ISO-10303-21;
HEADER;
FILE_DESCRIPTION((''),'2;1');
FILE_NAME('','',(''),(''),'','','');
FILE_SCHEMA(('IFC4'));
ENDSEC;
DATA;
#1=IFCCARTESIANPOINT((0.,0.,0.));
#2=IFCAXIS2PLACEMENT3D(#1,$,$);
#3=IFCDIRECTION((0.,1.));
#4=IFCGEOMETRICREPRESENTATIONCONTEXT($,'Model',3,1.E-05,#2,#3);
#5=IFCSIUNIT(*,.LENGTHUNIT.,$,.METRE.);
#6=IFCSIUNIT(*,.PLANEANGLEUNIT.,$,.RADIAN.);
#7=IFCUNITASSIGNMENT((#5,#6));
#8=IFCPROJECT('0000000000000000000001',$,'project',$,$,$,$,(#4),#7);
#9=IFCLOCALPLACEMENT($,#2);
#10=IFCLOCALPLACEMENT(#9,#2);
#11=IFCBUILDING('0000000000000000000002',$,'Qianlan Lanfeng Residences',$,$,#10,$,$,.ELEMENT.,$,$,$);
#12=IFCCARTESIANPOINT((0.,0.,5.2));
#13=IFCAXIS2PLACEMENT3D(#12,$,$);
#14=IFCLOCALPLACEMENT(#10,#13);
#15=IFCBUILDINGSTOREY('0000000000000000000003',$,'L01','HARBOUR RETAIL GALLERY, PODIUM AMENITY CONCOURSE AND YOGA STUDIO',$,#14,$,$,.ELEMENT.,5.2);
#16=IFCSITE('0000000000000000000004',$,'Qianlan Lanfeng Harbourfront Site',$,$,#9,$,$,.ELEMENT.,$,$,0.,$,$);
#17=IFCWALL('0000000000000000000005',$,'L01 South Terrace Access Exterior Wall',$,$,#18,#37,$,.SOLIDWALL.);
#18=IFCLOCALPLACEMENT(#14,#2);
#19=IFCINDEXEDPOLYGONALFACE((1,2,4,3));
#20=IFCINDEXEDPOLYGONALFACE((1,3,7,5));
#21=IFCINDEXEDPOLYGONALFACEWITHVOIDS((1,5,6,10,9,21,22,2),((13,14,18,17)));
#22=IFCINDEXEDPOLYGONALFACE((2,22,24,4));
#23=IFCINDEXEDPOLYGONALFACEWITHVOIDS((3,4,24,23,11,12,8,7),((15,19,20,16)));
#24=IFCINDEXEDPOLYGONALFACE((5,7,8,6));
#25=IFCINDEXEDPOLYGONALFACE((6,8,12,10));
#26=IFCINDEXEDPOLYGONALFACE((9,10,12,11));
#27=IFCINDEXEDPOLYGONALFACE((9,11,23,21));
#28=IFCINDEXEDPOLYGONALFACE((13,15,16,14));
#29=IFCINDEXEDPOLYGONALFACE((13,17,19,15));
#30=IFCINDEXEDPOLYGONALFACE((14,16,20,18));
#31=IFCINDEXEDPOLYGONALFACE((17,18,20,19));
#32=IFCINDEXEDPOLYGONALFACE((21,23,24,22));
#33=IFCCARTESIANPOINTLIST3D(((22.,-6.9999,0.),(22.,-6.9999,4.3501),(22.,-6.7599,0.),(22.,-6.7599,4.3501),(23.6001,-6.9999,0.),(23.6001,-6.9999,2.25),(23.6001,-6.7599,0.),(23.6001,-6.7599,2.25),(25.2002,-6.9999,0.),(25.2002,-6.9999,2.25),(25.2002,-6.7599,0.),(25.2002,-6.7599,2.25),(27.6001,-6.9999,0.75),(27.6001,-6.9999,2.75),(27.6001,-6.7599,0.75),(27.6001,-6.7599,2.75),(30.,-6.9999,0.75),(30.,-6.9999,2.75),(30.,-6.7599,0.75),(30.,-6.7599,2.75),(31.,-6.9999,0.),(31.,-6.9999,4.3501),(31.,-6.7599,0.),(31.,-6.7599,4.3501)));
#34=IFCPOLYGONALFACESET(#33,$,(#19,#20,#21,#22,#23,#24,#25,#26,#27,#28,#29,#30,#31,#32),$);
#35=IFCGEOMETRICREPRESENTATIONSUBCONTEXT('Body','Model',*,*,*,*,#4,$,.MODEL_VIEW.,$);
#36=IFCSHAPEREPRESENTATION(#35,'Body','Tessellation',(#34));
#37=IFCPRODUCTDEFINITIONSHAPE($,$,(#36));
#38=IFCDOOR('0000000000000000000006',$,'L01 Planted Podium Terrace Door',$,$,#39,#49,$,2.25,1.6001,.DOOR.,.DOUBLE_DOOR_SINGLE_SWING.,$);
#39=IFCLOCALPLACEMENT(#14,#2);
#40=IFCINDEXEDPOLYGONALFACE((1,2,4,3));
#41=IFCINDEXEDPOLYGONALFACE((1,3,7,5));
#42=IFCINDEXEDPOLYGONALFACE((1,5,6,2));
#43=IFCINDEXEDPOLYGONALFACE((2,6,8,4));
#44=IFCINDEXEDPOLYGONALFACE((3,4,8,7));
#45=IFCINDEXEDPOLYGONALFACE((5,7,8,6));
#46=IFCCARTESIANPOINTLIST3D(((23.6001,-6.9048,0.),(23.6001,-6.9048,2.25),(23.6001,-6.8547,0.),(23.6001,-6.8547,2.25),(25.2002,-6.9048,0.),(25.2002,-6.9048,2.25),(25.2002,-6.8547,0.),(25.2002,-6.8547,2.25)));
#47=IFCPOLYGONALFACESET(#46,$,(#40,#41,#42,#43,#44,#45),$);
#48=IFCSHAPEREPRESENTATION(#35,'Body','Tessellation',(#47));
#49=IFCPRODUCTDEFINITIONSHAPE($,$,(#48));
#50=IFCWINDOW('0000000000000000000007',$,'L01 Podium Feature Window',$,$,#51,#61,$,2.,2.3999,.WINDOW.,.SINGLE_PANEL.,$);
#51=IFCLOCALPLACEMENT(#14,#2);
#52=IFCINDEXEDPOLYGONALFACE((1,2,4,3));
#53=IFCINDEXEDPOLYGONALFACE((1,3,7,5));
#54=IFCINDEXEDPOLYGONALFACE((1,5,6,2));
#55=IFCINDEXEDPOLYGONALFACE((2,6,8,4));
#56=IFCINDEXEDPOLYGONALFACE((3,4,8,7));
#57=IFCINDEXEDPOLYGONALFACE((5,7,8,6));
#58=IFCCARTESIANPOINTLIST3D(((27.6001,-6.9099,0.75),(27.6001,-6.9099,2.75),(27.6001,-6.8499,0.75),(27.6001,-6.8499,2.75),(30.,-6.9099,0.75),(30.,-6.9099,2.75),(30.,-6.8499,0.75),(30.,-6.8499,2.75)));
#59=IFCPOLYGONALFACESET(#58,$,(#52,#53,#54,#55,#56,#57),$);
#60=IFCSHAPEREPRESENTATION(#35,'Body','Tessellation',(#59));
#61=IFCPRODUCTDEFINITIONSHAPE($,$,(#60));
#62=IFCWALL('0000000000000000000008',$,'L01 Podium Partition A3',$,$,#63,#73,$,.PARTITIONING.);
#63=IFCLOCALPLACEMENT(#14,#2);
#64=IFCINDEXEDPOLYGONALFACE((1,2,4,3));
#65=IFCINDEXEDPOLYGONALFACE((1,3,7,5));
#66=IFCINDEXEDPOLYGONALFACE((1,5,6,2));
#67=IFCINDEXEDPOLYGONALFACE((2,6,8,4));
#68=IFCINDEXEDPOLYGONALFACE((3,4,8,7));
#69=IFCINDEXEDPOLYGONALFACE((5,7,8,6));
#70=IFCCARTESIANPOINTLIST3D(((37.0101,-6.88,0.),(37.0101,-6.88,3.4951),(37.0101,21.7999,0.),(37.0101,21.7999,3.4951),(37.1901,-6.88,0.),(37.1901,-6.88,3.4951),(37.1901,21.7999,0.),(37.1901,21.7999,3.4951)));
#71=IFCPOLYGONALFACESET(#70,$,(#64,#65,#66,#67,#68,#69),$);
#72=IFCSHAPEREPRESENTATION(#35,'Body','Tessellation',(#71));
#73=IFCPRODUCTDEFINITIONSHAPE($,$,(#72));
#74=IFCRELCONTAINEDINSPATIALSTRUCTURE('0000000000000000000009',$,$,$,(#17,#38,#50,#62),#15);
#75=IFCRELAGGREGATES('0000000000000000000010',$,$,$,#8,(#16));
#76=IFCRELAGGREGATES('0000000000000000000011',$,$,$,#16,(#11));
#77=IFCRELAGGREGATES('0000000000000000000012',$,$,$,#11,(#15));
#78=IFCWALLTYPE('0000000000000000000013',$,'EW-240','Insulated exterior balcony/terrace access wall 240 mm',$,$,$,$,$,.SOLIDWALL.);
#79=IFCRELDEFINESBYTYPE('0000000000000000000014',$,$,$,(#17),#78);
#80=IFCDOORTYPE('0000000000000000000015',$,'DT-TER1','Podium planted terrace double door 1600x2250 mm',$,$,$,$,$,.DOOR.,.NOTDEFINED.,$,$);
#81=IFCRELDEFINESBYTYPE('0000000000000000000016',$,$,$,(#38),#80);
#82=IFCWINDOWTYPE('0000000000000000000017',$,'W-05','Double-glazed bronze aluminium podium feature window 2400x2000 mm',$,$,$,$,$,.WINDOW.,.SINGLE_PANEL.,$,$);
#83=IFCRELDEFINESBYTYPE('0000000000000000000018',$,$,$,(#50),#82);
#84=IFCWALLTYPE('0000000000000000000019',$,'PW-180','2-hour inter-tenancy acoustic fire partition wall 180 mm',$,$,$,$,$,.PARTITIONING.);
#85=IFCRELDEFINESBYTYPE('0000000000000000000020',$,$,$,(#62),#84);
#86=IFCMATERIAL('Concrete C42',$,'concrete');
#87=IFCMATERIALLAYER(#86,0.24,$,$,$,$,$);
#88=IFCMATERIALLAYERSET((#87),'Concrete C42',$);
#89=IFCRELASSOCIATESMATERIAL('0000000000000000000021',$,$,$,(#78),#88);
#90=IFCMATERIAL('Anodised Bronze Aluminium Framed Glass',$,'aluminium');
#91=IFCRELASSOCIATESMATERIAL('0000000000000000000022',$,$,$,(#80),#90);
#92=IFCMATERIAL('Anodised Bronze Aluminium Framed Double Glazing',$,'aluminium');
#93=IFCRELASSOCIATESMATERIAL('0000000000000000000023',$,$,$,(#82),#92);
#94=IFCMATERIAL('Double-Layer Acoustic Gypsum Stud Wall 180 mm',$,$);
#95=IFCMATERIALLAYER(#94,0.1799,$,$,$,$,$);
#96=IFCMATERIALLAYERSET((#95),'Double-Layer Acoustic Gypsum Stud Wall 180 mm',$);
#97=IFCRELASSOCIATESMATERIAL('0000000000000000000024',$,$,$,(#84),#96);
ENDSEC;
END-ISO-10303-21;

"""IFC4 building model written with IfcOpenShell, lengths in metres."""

from ifc_helpers import new_model, si_unit, direction, frame, frame_2d, origin, place, context, subcontext, project, spatial, rectangle, extrude, material, layer, layer_set, type_object, element, fill, save


model = new_model("IFC4")

# Units and contexts
model_context = context("Model", 3, precision=1e-05, world=origin(), true_north=direction((0.0, 1.0)))
body_context = subcontext(model_context, "Body", "Model", "MODEL_VIEW")
ifc_project = project(units=[si_unit("LENGTHUNIT", "METRE"), si_unit("PLANEANGLEUNIT", "RADIAN")], contexts=[model_context])

# Site, building, storey
site_placement = place(None, origin())
site = spatial("IfcSite", under=ifc_project, at=site_placement, Name="Qianlan Lanfeng Harbourfront Site", CompositionType="ELEMENT", RefElevation=0.0)
building_placement = place(site_placement, origin())
building = spatial("IfcBuilding", under=site, at=building_placement, Name="Qianlan Lanfeng Residences", CompositionType="ELEMENT")
storey_placement = place(building_placement, frame((0.0, 0.0, 5.2)))
storey = spatial("IfcBuildingStorey", under=building, at=storey_placement, Name="L01", Description="HARBOUR RETAIL GALLERY, PODIUM AMENITY CONCOURSE AND YOGA STUDIO", CompositionType="ELEMENT", Elevation=5.2)

# Wall, openings, door, window
ifc_material_1 = material(Name="Concrete C42", Category="concrete")
ifc_layer_1 = layer(ifc_material_1, 0.24)
ifc_layer_set_1 = layer_set([ifc_layer_1], Name="Concrete C42")
wall_type_1 = type_object("IfcWallType", Name="EW-240", Description="Insulated exterior balcony/terrace access wall 240 mm", PredefinedType="SOLIDWALL", material=ifc_layer_set_1)
wall_1_placement = place(storey_placement, frame((22.0, -6.8799, 0.0), z_axis=(0.0, 0.0, 1.0), x_axis=(1.0, 0.0, 0.0)))
wall_1 = element("IfcWall", 1, at=wall_1_placement, inside=storey, type_object=wall_type_1, Name="L01 South Terrace Access Exterior Wall", PredefinedType="SOLIDWALL", context=body_context, shape_type="SweptSolid", body=[
    extrude(rectangle(XDim=9.0, YDim=0.24, at=frame_2d((4.5, 0.0))), origin(), (0.0, 0.0, 1.0), 4.3501),
])
opening_1_placement = place(wall_1_placement, frame((1.6001, 0.0, 0.0)))
opening_1 = element("IfcOpeningElement", 2, at=opening_1_placement, cuts=wall_1, PredefinedType="OPENING", context=body_context, shape_type="SweptSolid", body=[
    extrude(rectangle(XDim=1.6001, YDim=2.25, at=frame_2d((0.8, 1.125))), frame((0.0, 0.1299, 0.0), z_axis=(0.0, -1.0, 0.0), x_axis=(1.0, 0.0, 0.0)), (0.0, 0.0, 1.0), 0.26),
])
opening_2_placement = place(wall_1_placement, frame((5.6001, 0.0, 0.75)))
opening_2 = element("IfcOpeningElement", 3, at=opening_2_placement, cuts=wall_1, PredefinedType="OPENING", context=body_context, shape_type="SweptSolid", body=[
    extrude(rectangle(XDim=2.3999, YDim=2.0, at=frame_2d((1.2, 1.0))), frame((0.0, 0.1299, 0.0), z_axis=(0.0, -1.0, 0.0), x_axis=(1.0, 0.0, 0.0)), (0.0, 0.0, 1.0), 0.26),
])
ifc_material_2 = material(Name="Anodised Bronze Aluminium Framed Glass", Category="aluminium")
door_type = type_object("IfcDoorType", Name="DT-TER1", Description="Podium planted terrace double door 1600x2250 mm", OperationType="NOTDEFINED", PredefinedType="DOOR", material=ifc_material_2)
door_placement = place(opening_1_placement, frame((1.6001, 0.0, 0.0), z_axis=(0.0, 0.0, 1.0), x_axis=(-1.0, 0.0, 0.0)))
door = element("IfcDoor", 4, at=door_placement, inside=storey, type_object=door_type, Name="L01 Planted Podium Terrace Door", OperationType="DOUBLE_DOOR_SINGLE_SWING", OverallHeight=2.25, OverallWidth=1.6001, PredefinedType="DOOR", context=body_context, shape_type="SweptSolid", body=[
    extrude(rectangle(XDim=1.6001, YDim=2.25, at=frame_2d((0.8, 1.125))), frame((0.0, 0.0249, 0.0), z_axis=(0.0, -1.0, 0.0), x_axis=(1.0, 0.0, 0.0)), (0.0, 0.0, 1.0), 0.05),
])
fill(opening_1, door)
ifc_material_3 = material(Name="Anodised Bronze Aluminium Framed Double Glazing", Category="aluminium")
window_type = type_object("IfcWindowType", Name="W-05", Description="Double-glazed bronze aluminium podium feature window 2400x2000 mm", PartitioningType="SINGLE_PANEL", PredefinedType="WINDOW", material=ifc_material_3)
window_placement = place(opening_2_placement, origin())
window = element("IfcWindow", 5, at=window_placement, inside=storey, type_object=window_type, Name="L01 Podium Feature Window", OverallHeight=2.0, OverallWidth=2.3999, PartitioningType="SINGLE_PANEL", PredefinedType="WINDOW", context=body_context, shape_type="SweptSolid", body=[
    extrude(rectangle(XDim=2.3999, YDim=2.0, at=frame_2d((1.2, 1.0))), frame((0.0, 0.03, 0.0), z_axis=(0.0, -1.0, 0.0), x_axis=(1.0, 0.0, 0.0)), (0.0, 0.0, 1.0), 0.0601),
])
fill(opening_2, window)

# Wall
ifc_material_4 = material(Name="Double-Layer Acoustic Gypsum Stud Wall 180 mm")
ifc_layer_2 = layer(ifc_material_4, 0.1799)
ifc_layer_set_2 = layer_set([ifc_layer_2], Name="Double-Layer Acoustic Gypsum Stud Wall 180 mm")
wall_type_2 = type_object("IfcWallType", Name="PW-180", Description="2-hour inter-tenancy acoustic fire partition wall 180 mm", PredefinedType="PARTITIONING", material=ifc_layer_set_2)
wall_2_placement = place(storey_placement, frame((37.1001, -6.8799, 0.0), z_axis=(0.0, 0.0, 1.0), x_axis=(0.0, 1.0, 0.0)))
element("IfcWall", 6, at=wall_2_placement, inside=storey, type_object=wall_type_2, Name="L01 Podium Partition A3", PredefinedType="PARTITIONING", context=body_context, shape_type="SweptSolid", body=[
    extrude(rectangle(XDim=28.6799, YDim=0.1799, at=frame_2d((14.3398, 0.0))), origin(), (0.0, 0.0, 1.0), 3.4951),
])

save(model, "model.ifc")
